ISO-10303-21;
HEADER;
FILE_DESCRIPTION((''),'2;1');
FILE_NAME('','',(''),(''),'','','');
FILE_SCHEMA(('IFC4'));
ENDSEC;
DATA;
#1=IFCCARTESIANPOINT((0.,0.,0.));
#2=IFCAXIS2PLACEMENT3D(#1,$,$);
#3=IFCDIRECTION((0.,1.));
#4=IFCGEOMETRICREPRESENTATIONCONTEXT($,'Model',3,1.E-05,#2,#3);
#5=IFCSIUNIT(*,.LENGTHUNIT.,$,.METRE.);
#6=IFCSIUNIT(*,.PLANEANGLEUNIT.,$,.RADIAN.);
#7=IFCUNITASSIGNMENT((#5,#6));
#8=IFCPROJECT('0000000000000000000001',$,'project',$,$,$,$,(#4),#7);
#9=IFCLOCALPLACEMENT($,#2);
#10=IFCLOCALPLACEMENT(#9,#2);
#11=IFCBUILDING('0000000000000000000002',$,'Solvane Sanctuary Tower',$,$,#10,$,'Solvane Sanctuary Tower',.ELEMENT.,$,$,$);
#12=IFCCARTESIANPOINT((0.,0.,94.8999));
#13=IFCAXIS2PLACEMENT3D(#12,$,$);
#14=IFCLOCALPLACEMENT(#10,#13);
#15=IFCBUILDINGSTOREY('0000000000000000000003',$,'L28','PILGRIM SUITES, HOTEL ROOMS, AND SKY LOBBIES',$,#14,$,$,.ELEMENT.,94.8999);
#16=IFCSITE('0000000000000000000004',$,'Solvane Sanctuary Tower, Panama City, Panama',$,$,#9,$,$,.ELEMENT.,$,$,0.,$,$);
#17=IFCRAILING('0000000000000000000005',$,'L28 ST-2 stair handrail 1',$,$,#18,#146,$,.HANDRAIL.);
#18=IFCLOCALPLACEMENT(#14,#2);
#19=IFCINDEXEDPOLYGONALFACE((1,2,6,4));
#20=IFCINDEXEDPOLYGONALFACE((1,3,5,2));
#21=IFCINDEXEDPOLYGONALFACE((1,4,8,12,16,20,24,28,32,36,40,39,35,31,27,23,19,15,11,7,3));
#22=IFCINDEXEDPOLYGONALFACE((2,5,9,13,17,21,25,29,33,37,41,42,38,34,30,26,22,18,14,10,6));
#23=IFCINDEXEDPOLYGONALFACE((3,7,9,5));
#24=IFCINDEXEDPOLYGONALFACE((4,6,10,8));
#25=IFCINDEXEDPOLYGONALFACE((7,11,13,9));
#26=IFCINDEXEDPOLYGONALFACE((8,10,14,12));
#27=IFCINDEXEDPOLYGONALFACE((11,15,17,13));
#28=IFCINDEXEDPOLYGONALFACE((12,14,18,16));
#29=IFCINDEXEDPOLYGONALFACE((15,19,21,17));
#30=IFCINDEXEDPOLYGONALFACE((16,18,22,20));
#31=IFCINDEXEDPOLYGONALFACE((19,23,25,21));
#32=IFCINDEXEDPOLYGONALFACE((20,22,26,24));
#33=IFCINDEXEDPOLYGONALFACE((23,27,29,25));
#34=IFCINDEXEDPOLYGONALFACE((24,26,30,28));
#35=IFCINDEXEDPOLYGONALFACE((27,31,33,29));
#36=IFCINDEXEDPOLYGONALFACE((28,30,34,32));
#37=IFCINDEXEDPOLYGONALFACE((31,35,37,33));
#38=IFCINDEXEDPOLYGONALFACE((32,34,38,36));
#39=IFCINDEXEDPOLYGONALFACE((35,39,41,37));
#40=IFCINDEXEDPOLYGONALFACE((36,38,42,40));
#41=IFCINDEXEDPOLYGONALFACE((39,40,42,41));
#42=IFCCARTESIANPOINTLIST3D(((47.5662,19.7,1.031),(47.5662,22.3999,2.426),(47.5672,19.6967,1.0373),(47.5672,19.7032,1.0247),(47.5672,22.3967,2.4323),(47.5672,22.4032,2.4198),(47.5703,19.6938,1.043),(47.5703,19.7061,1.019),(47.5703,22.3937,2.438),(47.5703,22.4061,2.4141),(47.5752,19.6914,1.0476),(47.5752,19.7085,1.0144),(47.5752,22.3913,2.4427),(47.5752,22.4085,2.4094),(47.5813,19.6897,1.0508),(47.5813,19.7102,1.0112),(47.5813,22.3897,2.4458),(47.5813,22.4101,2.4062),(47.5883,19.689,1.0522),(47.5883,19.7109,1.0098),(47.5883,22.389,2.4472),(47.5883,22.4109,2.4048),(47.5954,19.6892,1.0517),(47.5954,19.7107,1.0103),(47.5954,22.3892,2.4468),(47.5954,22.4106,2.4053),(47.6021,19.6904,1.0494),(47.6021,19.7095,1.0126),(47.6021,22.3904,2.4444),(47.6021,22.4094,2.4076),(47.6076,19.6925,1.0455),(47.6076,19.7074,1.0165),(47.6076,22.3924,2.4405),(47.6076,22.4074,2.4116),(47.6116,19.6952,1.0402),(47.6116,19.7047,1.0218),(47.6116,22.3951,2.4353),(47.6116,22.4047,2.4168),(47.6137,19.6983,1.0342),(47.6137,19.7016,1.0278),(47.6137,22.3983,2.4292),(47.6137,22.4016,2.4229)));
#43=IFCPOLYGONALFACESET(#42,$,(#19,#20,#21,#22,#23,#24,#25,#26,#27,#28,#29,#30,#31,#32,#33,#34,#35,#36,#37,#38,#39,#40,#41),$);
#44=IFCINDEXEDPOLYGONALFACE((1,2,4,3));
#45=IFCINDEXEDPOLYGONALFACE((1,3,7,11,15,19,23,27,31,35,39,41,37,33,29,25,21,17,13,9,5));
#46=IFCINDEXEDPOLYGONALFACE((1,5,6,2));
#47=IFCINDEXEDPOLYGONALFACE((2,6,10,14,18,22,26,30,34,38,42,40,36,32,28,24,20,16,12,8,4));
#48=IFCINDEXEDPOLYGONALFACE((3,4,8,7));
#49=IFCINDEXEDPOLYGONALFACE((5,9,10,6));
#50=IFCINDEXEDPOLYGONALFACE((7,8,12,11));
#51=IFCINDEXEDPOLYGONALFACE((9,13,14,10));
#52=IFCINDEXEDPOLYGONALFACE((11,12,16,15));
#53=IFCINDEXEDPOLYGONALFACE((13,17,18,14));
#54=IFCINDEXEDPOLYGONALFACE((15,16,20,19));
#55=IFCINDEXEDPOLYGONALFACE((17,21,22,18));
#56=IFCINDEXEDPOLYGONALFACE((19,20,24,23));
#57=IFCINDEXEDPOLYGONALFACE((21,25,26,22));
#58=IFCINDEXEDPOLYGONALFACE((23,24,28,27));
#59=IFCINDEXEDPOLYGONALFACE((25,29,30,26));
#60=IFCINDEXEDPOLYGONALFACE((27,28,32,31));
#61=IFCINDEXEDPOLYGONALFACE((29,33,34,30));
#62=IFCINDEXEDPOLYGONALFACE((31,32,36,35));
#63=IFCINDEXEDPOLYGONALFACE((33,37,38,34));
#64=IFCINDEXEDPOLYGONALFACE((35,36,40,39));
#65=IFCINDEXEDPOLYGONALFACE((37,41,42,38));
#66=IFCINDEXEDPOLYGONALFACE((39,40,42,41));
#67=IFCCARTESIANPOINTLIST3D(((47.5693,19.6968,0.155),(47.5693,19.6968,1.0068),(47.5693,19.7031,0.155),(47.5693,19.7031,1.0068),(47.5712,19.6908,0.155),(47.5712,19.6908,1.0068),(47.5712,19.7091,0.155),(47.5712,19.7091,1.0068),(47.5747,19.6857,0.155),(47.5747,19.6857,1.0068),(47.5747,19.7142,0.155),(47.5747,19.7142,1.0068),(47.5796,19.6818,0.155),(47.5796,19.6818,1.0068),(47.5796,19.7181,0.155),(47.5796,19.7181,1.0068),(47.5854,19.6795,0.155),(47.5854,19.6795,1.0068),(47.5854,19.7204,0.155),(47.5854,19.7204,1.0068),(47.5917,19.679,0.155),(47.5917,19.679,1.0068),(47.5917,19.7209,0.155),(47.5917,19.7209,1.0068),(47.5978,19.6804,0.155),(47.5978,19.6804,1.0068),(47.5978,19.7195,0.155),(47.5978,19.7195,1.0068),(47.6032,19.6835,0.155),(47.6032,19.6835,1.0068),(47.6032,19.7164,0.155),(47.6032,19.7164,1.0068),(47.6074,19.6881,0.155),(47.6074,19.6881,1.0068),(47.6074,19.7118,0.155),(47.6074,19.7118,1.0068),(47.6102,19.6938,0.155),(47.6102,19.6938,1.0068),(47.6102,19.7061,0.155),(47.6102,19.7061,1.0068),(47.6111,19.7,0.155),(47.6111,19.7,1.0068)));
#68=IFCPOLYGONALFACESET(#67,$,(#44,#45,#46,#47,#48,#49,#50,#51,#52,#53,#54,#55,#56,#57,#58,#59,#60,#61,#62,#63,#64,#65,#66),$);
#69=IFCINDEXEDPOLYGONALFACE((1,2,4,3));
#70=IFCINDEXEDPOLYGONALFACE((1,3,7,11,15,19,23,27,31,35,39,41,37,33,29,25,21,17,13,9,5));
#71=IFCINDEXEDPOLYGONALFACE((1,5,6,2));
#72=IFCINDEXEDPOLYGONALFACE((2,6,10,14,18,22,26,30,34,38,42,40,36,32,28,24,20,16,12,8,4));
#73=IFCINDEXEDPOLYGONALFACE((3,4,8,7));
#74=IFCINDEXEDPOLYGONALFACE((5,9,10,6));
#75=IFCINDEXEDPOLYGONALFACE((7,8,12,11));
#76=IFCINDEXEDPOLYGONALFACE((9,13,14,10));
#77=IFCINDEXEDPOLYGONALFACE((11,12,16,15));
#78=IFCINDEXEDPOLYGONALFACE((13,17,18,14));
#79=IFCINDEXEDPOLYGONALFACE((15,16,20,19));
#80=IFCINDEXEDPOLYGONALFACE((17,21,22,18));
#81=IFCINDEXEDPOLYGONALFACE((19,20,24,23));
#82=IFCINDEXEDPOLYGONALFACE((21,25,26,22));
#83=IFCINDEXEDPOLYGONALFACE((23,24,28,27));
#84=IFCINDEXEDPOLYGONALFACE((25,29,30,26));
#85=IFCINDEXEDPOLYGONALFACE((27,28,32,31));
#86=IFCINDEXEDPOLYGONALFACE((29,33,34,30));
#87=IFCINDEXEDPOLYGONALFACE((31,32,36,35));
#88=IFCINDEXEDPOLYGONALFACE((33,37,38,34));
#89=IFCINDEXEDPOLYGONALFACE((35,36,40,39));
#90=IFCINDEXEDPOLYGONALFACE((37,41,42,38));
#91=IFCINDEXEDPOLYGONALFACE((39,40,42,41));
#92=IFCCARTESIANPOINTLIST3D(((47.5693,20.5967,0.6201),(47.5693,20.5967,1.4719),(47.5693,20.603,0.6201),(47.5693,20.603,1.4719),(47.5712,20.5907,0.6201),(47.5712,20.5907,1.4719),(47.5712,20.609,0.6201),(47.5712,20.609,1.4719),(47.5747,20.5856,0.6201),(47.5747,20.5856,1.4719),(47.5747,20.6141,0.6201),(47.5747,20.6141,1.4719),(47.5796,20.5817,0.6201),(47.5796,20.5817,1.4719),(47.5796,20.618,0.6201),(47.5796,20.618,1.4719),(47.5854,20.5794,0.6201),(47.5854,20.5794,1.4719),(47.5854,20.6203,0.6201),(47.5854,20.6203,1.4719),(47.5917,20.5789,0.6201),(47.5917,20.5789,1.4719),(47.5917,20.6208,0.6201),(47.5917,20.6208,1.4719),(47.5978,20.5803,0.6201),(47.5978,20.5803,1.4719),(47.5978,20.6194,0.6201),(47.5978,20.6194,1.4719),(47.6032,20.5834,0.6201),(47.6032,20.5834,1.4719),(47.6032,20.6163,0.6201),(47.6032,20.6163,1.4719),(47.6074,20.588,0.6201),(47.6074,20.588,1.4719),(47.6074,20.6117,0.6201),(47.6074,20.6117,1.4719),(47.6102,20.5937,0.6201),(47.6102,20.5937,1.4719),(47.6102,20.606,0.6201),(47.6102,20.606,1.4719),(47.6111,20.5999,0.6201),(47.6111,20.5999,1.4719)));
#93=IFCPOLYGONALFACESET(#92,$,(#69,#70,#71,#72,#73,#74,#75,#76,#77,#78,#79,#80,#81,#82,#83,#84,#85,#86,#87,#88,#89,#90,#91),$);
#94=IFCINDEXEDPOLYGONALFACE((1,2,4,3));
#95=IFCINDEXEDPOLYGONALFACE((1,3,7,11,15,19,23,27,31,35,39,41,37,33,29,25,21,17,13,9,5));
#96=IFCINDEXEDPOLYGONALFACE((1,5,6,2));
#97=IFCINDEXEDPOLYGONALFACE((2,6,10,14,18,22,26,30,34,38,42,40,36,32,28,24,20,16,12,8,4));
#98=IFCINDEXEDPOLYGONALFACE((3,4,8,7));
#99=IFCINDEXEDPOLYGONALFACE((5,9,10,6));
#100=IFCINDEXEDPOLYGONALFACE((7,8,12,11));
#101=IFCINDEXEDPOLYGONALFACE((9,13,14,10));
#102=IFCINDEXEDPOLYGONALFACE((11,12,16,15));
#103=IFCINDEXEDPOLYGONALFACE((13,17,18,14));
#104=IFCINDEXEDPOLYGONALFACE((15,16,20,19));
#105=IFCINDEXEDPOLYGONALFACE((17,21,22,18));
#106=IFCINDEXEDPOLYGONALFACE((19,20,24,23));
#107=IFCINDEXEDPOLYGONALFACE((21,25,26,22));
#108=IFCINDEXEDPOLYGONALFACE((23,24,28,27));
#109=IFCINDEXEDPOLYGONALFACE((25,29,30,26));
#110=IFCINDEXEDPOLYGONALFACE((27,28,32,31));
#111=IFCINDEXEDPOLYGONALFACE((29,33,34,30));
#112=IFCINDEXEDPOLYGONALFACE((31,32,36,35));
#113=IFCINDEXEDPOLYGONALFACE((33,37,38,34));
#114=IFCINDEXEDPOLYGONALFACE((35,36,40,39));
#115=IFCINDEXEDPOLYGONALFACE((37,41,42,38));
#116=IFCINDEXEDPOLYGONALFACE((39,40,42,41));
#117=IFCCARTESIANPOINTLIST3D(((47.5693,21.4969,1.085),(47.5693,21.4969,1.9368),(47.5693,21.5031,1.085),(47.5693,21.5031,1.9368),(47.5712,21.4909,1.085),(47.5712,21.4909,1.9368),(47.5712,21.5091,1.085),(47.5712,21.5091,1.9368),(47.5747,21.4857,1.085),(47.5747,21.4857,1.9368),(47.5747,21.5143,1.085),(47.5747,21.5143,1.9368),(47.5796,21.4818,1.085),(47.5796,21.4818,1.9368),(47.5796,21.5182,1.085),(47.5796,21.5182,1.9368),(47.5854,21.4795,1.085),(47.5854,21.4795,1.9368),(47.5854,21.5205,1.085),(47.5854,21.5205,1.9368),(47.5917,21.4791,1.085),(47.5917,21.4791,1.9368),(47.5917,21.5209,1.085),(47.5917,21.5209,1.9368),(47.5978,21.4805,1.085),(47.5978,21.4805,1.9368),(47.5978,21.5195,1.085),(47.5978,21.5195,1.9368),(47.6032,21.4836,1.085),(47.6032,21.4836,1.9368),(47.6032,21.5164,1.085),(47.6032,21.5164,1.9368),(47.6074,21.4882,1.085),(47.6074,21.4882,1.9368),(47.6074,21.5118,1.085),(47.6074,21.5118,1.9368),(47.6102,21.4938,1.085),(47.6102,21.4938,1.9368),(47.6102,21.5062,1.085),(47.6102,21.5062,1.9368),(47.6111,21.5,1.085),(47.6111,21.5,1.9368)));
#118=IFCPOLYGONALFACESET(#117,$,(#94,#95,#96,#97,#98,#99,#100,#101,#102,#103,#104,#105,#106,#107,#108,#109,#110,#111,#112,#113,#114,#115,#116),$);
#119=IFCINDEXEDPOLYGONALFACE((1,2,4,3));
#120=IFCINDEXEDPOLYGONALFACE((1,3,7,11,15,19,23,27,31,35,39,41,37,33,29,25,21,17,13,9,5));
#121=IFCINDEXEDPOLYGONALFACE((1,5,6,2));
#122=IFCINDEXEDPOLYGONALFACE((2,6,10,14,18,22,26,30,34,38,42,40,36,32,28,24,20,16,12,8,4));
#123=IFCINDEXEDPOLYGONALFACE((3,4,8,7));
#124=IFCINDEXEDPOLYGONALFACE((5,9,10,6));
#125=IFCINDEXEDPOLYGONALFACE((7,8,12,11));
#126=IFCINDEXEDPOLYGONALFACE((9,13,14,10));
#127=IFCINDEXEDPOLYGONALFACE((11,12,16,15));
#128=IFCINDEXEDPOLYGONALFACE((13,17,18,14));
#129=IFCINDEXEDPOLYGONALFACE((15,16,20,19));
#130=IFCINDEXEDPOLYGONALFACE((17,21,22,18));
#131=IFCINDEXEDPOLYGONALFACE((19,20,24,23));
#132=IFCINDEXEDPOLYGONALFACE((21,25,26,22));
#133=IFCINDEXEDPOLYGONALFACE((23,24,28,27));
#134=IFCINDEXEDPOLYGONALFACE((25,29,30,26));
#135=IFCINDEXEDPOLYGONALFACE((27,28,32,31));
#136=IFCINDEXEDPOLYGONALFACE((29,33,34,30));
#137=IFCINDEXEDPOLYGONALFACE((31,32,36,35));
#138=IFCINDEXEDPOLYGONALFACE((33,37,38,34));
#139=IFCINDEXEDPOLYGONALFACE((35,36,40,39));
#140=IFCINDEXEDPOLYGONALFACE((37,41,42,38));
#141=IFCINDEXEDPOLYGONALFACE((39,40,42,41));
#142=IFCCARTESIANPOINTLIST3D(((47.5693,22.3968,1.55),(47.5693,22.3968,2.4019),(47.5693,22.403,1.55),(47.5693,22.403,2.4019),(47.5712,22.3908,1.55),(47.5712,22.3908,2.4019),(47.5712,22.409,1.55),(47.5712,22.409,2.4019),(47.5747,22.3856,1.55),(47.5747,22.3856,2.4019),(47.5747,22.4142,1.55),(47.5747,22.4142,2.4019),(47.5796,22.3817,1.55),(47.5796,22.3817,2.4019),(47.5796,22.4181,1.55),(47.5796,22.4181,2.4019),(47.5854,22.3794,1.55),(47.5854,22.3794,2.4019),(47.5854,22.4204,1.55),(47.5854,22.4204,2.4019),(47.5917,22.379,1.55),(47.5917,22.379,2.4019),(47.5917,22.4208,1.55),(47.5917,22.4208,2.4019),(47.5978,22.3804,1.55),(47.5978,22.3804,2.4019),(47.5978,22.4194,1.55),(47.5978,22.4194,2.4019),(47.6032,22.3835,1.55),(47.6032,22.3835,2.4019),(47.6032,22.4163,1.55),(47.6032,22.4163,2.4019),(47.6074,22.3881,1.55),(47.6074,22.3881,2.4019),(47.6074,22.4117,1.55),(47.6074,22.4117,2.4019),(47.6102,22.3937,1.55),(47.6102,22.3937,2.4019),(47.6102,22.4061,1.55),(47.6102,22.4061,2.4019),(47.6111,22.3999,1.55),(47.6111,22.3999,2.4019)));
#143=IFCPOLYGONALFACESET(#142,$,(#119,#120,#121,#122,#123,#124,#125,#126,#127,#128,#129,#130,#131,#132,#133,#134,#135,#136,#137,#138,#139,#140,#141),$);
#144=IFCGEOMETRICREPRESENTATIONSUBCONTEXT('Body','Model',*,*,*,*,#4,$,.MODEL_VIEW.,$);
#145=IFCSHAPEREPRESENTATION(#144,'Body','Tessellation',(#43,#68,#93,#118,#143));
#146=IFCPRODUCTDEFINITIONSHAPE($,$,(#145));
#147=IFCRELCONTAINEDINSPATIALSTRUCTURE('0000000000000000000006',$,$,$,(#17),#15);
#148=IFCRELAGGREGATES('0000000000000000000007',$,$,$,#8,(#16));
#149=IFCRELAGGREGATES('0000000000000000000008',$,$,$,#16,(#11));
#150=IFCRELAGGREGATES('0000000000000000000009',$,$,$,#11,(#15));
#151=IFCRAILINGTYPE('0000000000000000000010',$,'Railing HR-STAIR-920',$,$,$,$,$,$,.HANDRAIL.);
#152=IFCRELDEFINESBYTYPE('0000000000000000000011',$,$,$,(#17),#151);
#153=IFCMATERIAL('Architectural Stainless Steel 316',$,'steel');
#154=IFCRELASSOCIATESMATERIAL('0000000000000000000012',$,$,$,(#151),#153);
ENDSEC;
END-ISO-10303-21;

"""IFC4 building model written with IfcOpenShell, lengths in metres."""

from ifc_helpers import new_model, si_unit, direction, frame, origin, origin_2d, place, context, subcontext, project, spatial, circle, extrude, material, type_object, element, save


model = new_model("IFC4")

# Units and contexts
model_context = context("Model", 3, precision=1e-05, world=origin(), true_north=direction((0.0, 1.0)))
body_context = subcontext(model_context, "Body", "Model", "MODEL_VIEW")
ifc_project = project(units=[si_unit("LENGTHUNIT", "METRE"), si_unit("PLANEANGLEUNIT", "RADIAN")], contexts=[model_context])

# Site, building, storey
site_placement = place(None, origin())
site = spatial("IfcSite", under=ifc_project, at=site_placement, Name="Solvane Sanctuary Tower, Panama City, Panama", CompositionType="ELEMENT", RefElevation=0.0)
building_placement = place(site_placement, origin())
building = spatial("IfcBuilding", under=site, at=building_placement, Name="Solvane Sanctuary Tower", LongName="Solvane Sanctuary Tower", CompositionType="ELEMENT")
storey_placement = place(building_placement, frame((0.0, 0.0, 94.8999)))
storey = spatial("IfcBuildingStorey", under=building, at=storey_placement, Name="L28", Description="PILGRIM SUITES, HOTEL ROOMS, AND SKY LOBBIES", CompositionType="ELEMENT", Elevation=94.8999)

# Shared definitions
ifc_material_1 = material(Name="Architectural Stainless Steel 316", Category="steel")

# Railing
railing_type_1 = type_object("IfcRailingType", Name="Railing HR-STAIR-920", PredefinedType="HANDRAIL", material=ifc_material_1)
railing_1_placement = place(storey_placement, frame((47.5901, 19.7, 0.155)))
element("IfcRailing", 1, at=railing_1_placement, inside=storey, type_object=railing_type_1, Name="L28 ST-2 stair handrail 1", PredefinedType="HANDRAIL", context=body_context, shape_type="SweptSolid", body=[
    extrude(circle(Radius=0.0239, at=origin_2d()), frame((0.0, 0.0, 0.876), z_axis=(0.0, 0.88842, 0.459032), x_axis=(-1.0, 0.0, 0.0)), (0.0, 0.0, 1.0), 3.0391),
    extrude(circle(Radius=0.021, at=origin_2d()), origin(), (0.0, 0.0, 1.0), 0.8518),
    extrude(circle(Radius=0.021, at=origin_2d()), frame((0.0, 0.8999, 0.4651)), (0.0, 0.0, 1.0), 0.8518),
    extrude(circle(Radius=0.021, at=origin_2d()), frame((0.0, 1.8, 0.9299)), (0.0, 0.0, 1.0), 0.8518),
    extrude(circle(Radius=0.021, at=origin_2d()), frame((0.0, 2.7, 1.395)), (0.0, 0.0, 1.0), 0.8518),
])

save(model, "model.ifc")
